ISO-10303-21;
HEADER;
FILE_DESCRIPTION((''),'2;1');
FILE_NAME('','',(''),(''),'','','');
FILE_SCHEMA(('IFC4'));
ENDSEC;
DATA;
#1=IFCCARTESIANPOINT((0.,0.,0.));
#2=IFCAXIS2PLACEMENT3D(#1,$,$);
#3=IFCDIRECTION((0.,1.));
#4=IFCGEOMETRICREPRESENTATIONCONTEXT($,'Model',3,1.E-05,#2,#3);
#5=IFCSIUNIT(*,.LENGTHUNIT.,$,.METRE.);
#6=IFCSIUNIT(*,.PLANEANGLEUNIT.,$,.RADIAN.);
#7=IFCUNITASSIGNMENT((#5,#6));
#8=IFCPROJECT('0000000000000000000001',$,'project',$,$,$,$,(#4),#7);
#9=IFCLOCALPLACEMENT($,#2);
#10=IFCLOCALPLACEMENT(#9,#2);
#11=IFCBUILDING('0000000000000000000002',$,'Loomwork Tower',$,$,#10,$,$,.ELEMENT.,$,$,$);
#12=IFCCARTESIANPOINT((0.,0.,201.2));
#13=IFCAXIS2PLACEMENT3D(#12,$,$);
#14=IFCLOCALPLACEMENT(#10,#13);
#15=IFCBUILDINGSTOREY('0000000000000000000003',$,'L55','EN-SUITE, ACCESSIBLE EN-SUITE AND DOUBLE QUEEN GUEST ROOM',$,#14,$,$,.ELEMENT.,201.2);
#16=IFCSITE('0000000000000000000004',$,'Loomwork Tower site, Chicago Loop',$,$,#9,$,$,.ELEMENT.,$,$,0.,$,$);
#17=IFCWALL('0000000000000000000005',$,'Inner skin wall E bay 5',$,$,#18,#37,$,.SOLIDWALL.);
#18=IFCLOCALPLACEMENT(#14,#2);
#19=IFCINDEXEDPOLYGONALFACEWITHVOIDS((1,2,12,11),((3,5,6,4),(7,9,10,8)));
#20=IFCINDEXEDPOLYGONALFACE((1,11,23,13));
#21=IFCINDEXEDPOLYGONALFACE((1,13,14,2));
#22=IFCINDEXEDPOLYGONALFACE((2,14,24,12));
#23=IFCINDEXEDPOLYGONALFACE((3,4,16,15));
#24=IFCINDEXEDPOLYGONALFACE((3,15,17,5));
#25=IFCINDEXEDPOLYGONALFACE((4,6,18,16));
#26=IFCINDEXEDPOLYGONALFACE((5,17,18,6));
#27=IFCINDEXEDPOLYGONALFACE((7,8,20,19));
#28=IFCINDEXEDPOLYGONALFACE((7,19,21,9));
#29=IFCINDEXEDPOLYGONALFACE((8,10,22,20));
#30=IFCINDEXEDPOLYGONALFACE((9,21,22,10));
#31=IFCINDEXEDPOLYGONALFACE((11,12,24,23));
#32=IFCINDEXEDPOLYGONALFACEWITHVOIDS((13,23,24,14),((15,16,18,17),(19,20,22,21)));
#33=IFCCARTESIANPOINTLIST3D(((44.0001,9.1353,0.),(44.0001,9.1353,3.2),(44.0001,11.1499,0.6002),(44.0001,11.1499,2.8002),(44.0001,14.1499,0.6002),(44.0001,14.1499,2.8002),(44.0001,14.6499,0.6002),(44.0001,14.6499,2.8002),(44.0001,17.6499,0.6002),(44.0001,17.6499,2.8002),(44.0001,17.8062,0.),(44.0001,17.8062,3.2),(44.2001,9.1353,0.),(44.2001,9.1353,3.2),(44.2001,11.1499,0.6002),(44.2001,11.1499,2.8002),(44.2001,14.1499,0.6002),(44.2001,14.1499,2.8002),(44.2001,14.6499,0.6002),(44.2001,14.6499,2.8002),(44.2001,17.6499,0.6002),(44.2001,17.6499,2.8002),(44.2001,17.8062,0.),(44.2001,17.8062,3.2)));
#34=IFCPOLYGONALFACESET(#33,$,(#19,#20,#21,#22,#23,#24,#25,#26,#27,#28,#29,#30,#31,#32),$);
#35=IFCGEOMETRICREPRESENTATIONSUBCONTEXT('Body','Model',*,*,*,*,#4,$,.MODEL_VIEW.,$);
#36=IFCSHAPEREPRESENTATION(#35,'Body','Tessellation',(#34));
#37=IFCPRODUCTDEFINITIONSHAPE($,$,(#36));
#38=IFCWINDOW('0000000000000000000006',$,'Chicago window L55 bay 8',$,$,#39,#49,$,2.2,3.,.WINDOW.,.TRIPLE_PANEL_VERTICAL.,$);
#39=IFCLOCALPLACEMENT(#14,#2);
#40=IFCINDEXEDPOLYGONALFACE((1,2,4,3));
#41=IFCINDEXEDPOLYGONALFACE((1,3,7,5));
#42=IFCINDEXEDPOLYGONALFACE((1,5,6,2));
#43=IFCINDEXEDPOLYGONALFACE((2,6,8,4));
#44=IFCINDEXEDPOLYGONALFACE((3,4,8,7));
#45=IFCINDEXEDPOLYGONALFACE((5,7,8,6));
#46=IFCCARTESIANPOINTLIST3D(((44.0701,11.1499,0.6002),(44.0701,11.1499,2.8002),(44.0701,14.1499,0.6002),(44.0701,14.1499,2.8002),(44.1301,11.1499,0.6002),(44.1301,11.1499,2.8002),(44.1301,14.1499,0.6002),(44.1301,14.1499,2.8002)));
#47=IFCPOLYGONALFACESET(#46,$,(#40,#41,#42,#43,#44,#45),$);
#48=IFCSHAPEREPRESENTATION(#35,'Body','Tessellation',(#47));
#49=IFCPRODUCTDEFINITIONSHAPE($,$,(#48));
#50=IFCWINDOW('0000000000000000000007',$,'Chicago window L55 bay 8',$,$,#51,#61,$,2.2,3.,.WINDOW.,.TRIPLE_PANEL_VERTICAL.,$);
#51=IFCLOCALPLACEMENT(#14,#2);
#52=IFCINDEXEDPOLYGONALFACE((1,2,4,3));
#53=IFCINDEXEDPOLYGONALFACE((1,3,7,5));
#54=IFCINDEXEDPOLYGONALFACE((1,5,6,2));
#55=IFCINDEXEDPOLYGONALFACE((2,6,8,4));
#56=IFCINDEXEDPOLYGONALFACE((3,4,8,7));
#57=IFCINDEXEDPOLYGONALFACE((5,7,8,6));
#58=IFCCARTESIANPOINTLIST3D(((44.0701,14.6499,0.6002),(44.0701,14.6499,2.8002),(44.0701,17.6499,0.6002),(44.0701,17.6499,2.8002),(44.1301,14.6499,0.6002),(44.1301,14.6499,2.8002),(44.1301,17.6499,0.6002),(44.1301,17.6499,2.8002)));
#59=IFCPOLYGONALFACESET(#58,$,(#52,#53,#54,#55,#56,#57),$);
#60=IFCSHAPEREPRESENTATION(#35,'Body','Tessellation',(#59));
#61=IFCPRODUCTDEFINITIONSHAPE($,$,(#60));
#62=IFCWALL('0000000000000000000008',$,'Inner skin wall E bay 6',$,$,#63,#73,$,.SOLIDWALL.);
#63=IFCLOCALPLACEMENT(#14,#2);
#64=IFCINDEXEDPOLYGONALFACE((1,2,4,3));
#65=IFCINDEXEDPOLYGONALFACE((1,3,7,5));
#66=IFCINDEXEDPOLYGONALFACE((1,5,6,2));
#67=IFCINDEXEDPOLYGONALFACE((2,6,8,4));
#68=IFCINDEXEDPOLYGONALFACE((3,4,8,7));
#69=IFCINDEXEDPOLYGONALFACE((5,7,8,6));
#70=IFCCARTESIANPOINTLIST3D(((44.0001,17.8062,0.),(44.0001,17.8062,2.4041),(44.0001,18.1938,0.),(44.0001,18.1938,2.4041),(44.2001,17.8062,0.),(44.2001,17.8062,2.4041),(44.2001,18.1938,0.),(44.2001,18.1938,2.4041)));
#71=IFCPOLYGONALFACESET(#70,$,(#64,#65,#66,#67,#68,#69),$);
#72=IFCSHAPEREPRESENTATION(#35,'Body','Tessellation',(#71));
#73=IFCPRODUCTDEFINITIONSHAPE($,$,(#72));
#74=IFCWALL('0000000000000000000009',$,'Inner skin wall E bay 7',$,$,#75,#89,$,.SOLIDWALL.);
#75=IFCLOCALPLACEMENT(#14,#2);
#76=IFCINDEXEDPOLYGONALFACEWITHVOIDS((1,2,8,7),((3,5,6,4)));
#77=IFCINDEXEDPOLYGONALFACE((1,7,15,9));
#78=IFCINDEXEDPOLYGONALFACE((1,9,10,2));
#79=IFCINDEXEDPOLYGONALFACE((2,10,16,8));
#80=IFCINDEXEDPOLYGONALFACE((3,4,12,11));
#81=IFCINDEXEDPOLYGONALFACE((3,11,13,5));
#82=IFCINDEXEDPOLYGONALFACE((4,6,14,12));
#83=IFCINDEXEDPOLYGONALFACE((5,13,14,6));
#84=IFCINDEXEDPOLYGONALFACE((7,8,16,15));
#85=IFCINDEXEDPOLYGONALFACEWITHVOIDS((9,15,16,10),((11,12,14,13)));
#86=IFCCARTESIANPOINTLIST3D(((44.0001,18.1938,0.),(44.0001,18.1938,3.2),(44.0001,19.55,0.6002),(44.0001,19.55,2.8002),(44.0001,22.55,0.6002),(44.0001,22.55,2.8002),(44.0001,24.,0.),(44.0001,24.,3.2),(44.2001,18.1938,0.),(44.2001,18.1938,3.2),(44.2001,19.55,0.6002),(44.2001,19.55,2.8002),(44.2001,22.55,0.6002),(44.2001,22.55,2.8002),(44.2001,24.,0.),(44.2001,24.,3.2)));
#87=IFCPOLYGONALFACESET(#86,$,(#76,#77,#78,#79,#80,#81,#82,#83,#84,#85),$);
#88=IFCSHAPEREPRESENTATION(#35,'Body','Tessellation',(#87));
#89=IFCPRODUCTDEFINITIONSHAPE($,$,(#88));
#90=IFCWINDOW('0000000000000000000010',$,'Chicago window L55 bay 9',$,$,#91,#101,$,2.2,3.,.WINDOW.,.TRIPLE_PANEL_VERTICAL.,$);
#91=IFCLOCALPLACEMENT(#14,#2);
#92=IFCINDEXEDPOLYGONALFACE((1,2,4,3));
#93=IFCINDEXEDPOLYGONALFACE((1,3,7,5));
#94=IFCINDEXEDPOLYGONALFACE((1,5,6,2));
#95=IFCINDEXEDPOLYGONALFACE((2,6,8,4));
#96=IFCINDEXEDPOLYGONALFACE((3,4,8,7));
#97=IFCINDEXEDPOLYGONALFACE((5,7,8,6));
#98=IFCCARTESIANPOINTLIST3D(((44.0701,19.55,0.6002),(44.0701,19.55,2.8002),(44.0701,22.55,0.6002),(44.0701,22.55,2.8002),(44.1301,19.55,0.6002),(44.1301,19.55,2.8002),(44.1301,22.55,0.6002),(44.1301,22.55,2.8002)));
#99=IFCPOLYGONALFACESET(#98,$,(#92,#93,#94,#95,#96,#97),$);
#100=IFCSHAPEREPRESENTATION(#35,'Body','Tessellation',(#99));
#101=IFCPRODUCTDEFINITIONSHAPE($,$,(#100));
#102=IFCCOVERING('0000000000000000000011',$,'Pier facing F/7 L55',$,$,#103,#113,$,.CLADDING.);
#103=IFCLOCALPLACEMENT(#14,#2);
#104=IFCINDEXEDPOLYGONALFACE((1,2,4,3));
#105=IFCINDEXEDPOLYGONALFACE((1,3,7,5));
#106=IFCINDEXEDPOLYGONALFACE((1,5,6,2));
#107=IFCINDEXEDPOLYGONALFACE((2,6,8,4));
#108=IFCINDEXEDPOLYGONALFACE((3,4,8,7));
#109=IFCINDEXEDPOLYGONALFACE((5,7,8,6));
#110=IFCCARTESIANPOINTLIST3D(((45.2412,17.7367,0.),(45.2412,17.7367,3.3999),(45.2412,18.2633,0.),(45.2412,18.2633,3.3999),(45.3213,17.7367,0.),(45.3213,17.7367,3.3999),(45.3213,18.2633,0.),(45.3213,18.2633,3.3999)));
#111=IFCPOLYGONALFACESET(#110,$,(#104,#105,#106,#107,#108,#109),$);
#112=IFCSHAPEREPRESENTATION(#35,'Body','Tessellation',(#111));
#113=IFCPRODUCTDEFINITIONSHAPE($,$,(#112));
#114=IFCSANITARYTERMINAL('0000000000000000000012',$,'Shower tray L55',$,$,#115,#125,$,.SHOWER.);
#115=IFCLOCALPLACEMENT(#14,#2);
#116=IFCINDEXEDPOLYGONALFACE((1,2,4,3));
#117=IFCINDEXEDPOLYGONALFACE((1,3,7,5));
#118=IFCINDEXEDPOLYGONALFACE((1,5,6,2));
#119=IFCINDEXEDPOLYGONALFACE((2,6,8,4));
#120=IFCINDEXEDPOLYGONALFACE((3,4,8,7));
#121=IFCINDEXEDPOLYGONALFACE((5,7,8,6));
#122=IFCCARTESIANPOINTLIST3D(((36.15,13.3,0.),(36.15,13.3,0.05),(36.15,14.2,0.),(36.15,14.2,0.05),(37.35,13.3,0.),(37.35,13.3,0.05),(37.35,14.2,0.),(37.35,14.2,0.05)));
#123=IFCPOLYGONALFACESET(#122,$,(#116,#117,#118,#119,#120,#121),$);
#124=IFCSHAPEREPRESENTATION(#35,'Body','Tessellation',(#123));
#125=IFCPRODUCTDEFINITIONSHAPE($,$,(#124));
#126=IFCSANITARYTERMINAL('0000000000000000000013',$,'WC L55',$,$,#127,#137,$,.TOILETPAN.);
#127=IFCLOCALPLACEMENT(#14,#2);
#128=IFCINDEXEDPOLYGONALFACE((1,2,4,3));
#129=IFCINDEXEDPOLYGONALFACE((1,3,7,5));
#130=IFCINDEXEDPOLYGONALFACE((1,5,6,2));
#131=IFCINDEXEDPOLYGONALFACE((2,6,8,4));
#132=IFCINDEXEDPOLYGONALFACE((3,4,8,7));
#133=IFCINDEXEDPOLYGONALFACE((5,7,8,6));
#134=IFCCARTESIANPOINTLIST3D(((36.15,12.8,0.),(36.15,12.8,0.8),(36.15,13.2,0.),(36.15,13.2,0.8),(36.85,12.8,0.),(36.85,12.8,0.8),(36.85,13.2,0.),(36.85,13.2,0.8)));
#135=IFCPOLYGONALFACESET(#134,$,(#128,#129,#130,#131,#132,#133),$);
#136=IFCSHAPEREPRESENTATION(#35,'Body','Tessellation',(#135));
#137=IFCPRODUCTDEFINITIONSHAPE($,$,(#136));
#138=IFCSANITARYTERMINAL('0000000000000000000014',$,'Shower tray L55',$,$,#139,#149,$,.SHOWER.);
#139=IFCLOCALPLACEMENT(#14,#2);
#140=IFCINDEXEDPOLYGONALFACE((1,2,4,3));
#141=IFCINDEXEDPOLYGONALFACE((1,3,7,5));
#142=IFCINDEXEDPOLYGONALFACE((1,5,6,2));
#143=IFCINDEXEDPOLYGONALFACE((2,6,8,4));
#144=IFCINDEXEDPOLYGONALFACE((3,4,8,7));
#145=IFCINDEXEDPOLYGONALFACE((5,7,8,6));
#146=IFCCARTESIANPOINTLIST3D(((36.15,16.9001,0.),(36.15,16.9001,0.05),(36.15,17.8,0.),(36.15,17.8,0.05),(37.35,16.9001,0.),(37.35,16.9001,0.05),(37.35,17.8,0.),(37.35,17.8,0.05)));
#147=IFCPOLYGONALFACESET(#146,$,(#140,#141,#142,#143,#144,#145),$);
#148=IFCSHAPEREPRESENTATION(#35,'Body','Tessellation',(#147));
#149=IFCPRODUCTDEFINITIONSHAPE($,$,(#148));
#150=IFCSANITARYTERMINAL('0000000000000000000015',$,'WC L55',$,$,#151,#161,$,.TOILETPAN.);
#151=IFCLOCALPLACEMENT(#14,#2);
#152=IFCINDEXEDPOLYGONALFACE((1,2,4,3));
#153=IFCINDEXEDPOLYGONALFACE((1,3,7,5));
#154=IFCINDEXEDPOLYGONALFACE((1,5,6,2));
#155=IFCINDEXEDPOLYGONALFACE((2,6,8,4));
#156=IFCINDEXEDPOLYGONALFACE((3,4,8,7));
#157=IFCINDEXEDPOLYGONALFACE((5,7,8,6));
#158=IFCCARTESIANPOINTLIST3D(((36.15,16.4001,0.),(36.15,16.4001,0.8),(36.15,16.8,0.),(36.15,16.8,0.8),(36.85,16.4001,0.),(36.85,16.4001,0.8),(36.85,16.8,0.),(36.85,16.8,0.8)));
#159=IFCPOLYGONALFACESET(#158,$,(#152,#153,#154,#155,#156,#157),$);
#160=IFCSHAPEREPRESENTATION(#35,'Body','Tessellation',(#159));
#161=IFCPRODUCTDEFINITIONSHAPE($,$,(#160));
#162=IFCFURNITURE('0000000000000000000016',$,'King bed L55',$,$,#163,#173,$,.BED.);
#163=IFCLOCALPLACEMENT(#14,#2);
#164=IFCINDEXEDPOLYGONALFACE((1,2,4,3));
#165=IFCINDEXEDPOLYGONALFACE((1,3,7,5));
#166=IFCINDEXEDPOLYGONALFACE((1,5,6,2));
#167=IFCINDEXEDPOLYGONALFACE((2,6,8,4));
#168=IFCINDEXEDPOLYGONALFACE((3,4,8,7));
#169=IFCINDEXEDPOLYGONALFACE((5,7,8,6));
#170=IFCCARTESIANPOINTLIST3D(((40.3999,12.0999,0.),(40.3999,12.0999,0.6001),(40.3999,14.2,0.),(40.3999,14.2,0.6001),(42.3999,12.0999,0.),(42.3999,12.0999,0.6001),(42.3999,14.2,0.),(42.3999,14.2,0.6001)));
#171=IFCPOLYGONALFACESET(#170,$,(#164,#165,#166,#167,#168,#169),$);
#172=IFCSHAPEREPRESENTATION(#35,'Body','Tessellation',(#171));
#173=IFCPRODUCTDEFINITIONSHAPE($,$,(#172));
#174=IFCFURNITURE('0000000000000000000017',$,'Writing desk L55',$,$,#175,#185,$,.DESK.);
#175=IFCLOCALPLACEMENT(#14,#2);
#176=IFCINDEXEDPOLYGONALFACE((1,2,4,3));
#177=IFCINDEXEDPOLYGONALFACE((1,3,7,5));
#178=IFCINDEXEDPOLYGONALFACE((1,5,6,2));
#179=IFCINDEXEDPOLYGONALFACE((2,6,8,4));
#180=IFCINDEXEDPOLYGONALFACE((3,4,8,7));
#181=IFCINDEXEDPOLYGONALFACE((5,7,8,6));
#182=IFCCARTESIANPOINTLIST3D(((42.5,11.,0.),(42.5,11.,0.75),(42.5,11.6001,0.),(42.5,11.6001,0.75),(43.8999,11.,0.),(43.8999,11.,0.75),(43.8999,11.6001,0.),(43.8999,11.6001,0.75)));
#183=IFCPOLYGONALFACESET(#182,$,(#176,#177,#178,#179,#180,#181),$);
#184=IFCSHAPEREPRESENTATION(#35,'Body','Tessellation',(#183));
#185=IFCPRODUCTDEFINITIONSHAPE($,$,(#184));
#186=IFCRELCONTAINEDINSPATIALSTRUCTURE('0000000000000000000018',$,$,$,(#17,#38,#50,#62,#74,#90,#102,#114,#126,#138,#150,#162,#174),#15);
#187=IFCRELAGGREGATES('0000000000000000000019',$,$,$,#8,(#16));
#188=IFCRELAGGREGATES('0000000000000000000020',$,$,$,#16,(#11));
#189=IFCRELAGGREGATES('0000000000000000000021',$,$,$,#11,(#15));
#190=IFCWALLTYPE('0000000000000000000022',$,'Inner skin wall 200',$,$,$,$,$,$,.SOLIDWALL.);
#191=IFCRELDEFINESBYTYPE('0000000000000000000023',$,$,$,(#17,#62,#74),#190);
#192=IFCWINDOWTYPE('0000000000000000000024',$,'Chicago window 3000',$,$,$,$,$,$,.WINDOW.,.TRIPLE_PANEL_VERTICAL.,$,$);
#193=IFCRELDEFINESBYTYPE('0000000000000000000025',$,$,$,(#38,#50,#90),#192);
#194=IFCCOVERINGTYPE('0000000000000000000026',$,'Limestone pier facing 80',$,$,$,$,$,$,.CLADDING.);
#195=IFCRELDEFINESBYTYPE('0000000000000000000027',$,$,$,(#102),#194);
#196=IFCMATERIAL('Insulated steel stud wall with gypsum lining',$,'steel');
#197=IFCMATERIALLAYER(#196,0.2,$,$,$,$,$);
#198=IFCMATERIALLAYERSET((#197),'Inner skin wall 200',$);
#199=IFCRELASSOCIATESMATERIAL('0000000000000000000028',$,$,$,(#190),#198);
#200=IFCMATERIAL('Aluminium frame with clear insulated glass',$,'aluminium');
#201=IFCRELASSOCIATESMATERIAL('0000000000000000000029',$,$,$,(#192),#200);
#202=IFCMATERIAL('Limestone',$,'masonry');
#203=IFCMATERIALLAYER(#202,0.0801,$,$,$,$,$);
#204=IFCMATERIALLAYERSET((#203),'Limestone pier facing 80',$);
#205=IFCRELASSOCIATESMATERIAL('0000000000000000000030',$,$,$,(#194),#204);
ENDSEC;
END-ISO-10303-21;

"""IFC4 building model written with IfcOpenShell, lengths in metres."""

from ifc_helpers import new_model, si_unit, direction, frame, frame_2d, origin, origin_2d, place, context, subcontext, project, spatial, rectangle, extrude, material, layer, layer_set, type_object, element, fill, save


model = new_model("IFC4")

# Units and contexts
model_context = context("Model", 3, precision=1e-05, world=origin(), true_north=direction((0.0, 1.0)))
body_context = subcontext(model_context, "Body", "Model", "MODEL_VIEW")
ifc_project = project(units=[si_unit("LENGTHUNIT", "METRE"), si_unit("PLANEANGLEUNIT", "RADIAN")], contexts=[model_context])

# Site, building, storey
site_placement = place(None, origin())
site = spatial("IfcSite", under=ifc_project, at=site_placement, Name="Loomwork Tower site, Chicago Loop", CompositionType="ELEMENT", RefElevation=0.0)
building_placement = place(site_placement, origin())
building = spatial("IfcBuilding", under=site, at=building_placement, Name="Loomwork Tower", CompositionType="ELEMENT")
storey_placement = place(building_placement, frame((0.0, 0.0, 201.2)))
storey = spatial("IfcBuildingStorey", under=building, at=storey_placement, Name="L55", Description="EN-SUITE, ACCESSIBLE EN-SUITE AND DOUBLE QUEEN GUEST ROOM", CompositionType="ELEMENT", Elevation=201.2)

# Wall, openings, windows
ifc_material_1 = material(Name="Insulated steel stud wall with gypsum lining", Category="steel")
ifc_layer_1 = layer(ifc_material_1, 0.2)
ifc_layer_set_1 = layer_set([ifc_layer_1], Name="Inner skin wall 200")
wall_type_1 = type_object("IfcWallType", Name="Inner skin wall 200", PredefinedType="SOLIDWALL", material=ifc_layer_set_1)
wall_1_placement = place(storey_placement, frame((44.1001, 9.1353, 0.0), z_axis=(0.0, 0.0, 1.0), x_axis=(0.0, 1.0, 0.0)))
wall_1 = element("IfcWall", 1, at=wall_1_placement, inside=storey, type_object=wall_type_1, Name="Inner skin wall E bay 5", PredefinedType="SOLIDWALL", context=body_context, shape_type="SweptSolid", body=[
    extrude(rectangle(XDim=8.6709, YDim=0.2, at=frame_2d((4.3354, 0.0))), origin(), (0.0, 0.0, 1.0), 3.2),
])
opening_1_placement = place(wall_1_placement, frame((2.0146, 0.0, 0.6001)))
opening_1 = element("IfcOpeningElement", 2, at=opening_1_placement, cuts=wall_1, PredefinedType="OPENING", context=body_context, shape_type="SweptSolid", body=[
    extrude(rectangle(XDim=3.0, YDim=2.2, at=frame_2d((1.5, 1.1001))), frame((0.0, 0.1099, 0.0), z_axis=(0.0, -1.0, 0.0), x_axis=(1.0, 0.0, 0.0)), (0.0, 0.0, 1.0), 0.22),
])
opening_2_placement = place(wall_1_placement, frame((5.5146, 0.0, 0.6001)))
opening_2 = element("IfcOpeningElement", 3, at=opening_2_placement, cuts=wall_1, PredefinedType="OPENING", context=body_context, shape_type="SweptSolid", body=[
    extrude(rectangle(XDim=3.0, YDim=2.2, at=frame_2d((1.5, 1.1001))), frame((0.0, 0.1099, 0.0), z_axis=(0.0, -1.0, 0.0), x_axis=(1.0, 0.0, 0.0)), (0.0, 0.0, 1.0), 0.22),
])
ifc_material_2 = material(Name="Aluminium frame with clear insulated glass", Category="aluminium")
window_type = type_object("IfcWindowType", Name="Chicago window 3000", PartitioningType="TRIPLE_PANEL_VERTICAL", PredefinedType="WINDOW", material=ifc_material_2)
window_1_placement = place(opening_1_placement, origin())
window_1 = element("IfcWindow", 4, at=window_1_placement, inside=storey, type_object=window_type, Name="Chicago window L55 bay 8", OverallHeight=2.2, OverallWidth=3.0, PartitioningType="TRIPLE_PANEL_VERTICAL", PredefinedType="WINDOW", context=body_context, shape_type="SweptSolid", body=[
    extrude(rectangle(XDim=3.0, YDim=2.2, at=frame_2d((1.5, 1.1001))), frame((0.0, 0.03, 0.0), z_axis=(0.0, -1.0, 0.0), x_axis=(1.0, 0.0, 0.0)), (0.0, 0.0, 1.0), 0.0601),
])
fill(opening_1, window_1)
window_2_placement = place(opening_2_placement, origin())
window_2 = element("IfcWindow", 5, at=window_2_placement, inside=storey, type_object=window_type, Name="Chicago window L55 bay 8", OverallHeight=2.2, OverallWidth=3.0, PartitioningType="TRIPLE_PANEL_VERTICAL", PredefinedType="WINDOW", context=body_context, shape_type="SweptSolid", body=[
    extrude(rectangle(XDim=3.0, YDim=2.2, at=frame_2d((1.5, 1.1001))), frame((0.0, 0.03, 0.0), z_axis=(0.0, -1.0, 0.0), x_axis=(1.0, 0.0, 0.0)), (0.0, 0.0, 1.0), 0.0601),
])
fill(opening_2, window_2)

# Wall
wall_2_placement = place(storey_placement, frame((44.1001, 17.8062, 0.0), z_axis=(0.0, 0.0, 1.0), x_axis=(0.0, 1.0, 0.0)))
element("IfcWall", 6, at=wall_2_placement, inside=storey, type_object=wall_type_1, Name="Inner skin wall E bay 6", PredefinedType="SOLIDWALL", context=body_context, shape_type="SweptSolid", body=[
    extrude(rectangle(XDim=0.3877, YDim=0.2, at=frame_2d((0.1938, 0.0))), origin(), (0.0, 0.0, 1.0), 2.4041),
])

# Wall, opening, window
wall_3_placement = place(storey_placement, frame((44.1001, 18.1938, 0.0), z_axis=(0.0, 0.0, 1.0), x_axis=(0.0, 1.0, 0.0)))
wall_3 = element("IfcWall", 7, at=wall_3_placement, inside=storey, type_object=wall_type_1, Name="Inner skin wall E bay 7", PredefinedType="SOLIDWALL", context=body_context, shape_type="SweptSolid", body=[
    extrude(rectangle(XDim=5.8062, YDim=0.2, at=frame_2d((2.9031, 0.0))), origin(), (0.0, 0.0, 1.0), 3.2),
])
opening_3_placement = place(wall_3_placement, frame((1.3562, 0.0, 0.6001)))
opening_3 = element("IfcOpeningElement", 8, at=opening_3_placement, cuts=wall_3, PredefinedType="OPENING", context=body_context, shape_type="SweptSolid", body=[
    extrude(rectangle(XDim=3.0, YDim=2.2, at=frame_2d((1.5, 1.1001))), frame((0.0, 0.1099, 0.0), z_axis=(0.0, -1.0, 0.0), x_axis=(1.0, 0.0, 0.0)), (0.0, 0.0, 1.0), 0.22),
])
window_3_placement = place(opening_3_placement, origin())
window_3 = element("IfcWindow", 9, at=window_3_placement, inside=storey, type_object=window_type, Name="Chicago window L55 bay 9", OverallHeight=2.2, OverallWidth=3.0, PartitioningType="TRIPLE_PANEL_VERTICAL", PredefinedType="WINDOW", context=body_context, shape_type="SweptSolid", body=[
    extrude(rectangle(XDim=3.0, YDim=2.2, at=frame_2d((1.5, 1.1001))), frame((0.0, 0.03, 0.0), z_axis=(0.0, -1.0, 0.0), x_axis=(1.0, 0.0, 0.0)), (0.0, 0.0, 1.0), 0.0601),
])
fill(opening_3, window_3)

# Covering
ifc_material_3 = material(Name="Limestone", Category="masonry")
ifc_layer_2 = layer(ifc_material_3, 0.0801)
ifc_layer_set_2 = layer_set([ifc_layer_2], Name="Limestone pier facing 80")
covering_type = type_object("IfcCoveringType", Name="Limestone pier facing 80", PredefinedType="CLADDING", material=ifc_layer_set_2)
covering_placement = place(storey_placement, frame((45.2812, 18.0, 0.0), z_axis=(0.0, 0.0, 1.0), x_axis=(1.0, 0.0, 0.0)))
element("IfcCovering", 10, at=covering_placement, inside=storey, type_object=covering_type, Name="Pier facing F/7 L55", PredefinedType="CLADDING", context=body_context, shape_type="SweptSolid", body=[
    extrude(rectangle(XDim=0.0801, YDim=0.5266, at=origin_2d()), origin(), (0.0, 0.0, 1.0), 3.3999),
])

# Sanitary terminals
sanitary_terminal_1_placement = place(storey_placement, frame((36.75, 13.75, 0.0), z_axis=(0.0, 0.0, 1.0), x_axis=(1.0, 0.0, 0.0)))
element("IfcSanitaryTerminal", 11, at=sanitary_terminal_1_placement, inside=storey, Name="Shower tray L55", PredefinedType="SHOWER", context=body_context, shape_type="SweptSolid", body=[
    extrude(rectangle(XDim=1.2, YDim=0.8999, at=origin_2d()), origin(), (0.0, 0.0, 1.0), 0.05),
])
sanitary_terminal_2_placement = place(storey_placement, frame((36.5, 13.0, 0.0), z_axis=(0.0, 0.0, 1.0), x_axis=(1.0, 0.0, 0.0)))
element("IfcSanitaryTerminal", 12, at=sanitary_terminal_2_placement, inside=storey, Name="WC L55", PredefinedType="TOILETPAN", context=body_context, shape_type="SweptSolid", body=[
    extrude(rectangle(XDim=0.7, YDim=0.3999, at=origin_2d()), origin(), (0.0, 0.0, 1.0), 0.8),
])
sanitary_terminal_3_placement = place(storey_placement, frame((36.75, 17.3501, 0.0), z_axis=(0.0, 0.0, 1.0), x_axis=(1.0, 0.0, 0.0)))
element("IfcSanitaryTerminal", 13, at=sanitary_terminal_3_placement, inside=storey, Name="Shower tray L55", PredefinedType="SHOWER", context=body_context, shape_type="SweptSolid", body=[
    extrude(rectangle(XDim=1.2, YDim=0.8999, at=origin_2d()), origin(), (0.0, 0.0, 1.0), 0.05),
])
sanitary_terminal_4_placement = place(storey_placement, frame((36.5, 16.6001, 0.0), z_axis=(0.0, 0.0, 1.0), x_axis=(1.0, 0.0, 0.0)))
element("IfcSanitaryTerminal", 14, at=sanitary_terminal_4_placement, inside=storey, Name="WC L55", PredefinedType="TOILETPAN", context=body_context, shape_type="SweptSolid", body=[
    extrude(rectangle(XDim=0.7, YDim=0.3999, at=origin_2d()), origin(), (0.0, 0.0, 1.0), 0.8),
])

# Furniture
furniture_1_placement = place(storey_placement, frame((41.3999, 13.1499, 0.0), z_axis=(0.0, 0.0, 1.0), x_axis=(1.0, 0.0, 0.0)))
element("IfcFurniture", 15, at=furniture_1_placement, inside=storey, Name="King bed L55", PredefinedType="BED", context=body_context, shape_type="SweptSolid", body=[
    extrude(rectangle(XDim=2.0, YDim=2.1001, at=origin_2d()), origin(), (0.0, 0.0, 1.0), 0.6001),
])
furniture_2_placement = place(storey_placement, frame((43.2, 11.3, 0.0), z_axis=(0.0, 0.0, 1.0), x_axis=(1.0, 0.0, 0.0)))
element("IfcFurniture", 16, at=furniture_2_placement, inside=storey, Name="Writing desk L55", PredefinedType="DESK", context=body_context, shape_type="SweptSolid", body=[
    extrude(rectangle(XDim=1.3999, YDim=0.6001, at=origin_2d()), origin(), (0.0, 0.0, 1.0), 0.75),
])

save(model, "model.ifc")
